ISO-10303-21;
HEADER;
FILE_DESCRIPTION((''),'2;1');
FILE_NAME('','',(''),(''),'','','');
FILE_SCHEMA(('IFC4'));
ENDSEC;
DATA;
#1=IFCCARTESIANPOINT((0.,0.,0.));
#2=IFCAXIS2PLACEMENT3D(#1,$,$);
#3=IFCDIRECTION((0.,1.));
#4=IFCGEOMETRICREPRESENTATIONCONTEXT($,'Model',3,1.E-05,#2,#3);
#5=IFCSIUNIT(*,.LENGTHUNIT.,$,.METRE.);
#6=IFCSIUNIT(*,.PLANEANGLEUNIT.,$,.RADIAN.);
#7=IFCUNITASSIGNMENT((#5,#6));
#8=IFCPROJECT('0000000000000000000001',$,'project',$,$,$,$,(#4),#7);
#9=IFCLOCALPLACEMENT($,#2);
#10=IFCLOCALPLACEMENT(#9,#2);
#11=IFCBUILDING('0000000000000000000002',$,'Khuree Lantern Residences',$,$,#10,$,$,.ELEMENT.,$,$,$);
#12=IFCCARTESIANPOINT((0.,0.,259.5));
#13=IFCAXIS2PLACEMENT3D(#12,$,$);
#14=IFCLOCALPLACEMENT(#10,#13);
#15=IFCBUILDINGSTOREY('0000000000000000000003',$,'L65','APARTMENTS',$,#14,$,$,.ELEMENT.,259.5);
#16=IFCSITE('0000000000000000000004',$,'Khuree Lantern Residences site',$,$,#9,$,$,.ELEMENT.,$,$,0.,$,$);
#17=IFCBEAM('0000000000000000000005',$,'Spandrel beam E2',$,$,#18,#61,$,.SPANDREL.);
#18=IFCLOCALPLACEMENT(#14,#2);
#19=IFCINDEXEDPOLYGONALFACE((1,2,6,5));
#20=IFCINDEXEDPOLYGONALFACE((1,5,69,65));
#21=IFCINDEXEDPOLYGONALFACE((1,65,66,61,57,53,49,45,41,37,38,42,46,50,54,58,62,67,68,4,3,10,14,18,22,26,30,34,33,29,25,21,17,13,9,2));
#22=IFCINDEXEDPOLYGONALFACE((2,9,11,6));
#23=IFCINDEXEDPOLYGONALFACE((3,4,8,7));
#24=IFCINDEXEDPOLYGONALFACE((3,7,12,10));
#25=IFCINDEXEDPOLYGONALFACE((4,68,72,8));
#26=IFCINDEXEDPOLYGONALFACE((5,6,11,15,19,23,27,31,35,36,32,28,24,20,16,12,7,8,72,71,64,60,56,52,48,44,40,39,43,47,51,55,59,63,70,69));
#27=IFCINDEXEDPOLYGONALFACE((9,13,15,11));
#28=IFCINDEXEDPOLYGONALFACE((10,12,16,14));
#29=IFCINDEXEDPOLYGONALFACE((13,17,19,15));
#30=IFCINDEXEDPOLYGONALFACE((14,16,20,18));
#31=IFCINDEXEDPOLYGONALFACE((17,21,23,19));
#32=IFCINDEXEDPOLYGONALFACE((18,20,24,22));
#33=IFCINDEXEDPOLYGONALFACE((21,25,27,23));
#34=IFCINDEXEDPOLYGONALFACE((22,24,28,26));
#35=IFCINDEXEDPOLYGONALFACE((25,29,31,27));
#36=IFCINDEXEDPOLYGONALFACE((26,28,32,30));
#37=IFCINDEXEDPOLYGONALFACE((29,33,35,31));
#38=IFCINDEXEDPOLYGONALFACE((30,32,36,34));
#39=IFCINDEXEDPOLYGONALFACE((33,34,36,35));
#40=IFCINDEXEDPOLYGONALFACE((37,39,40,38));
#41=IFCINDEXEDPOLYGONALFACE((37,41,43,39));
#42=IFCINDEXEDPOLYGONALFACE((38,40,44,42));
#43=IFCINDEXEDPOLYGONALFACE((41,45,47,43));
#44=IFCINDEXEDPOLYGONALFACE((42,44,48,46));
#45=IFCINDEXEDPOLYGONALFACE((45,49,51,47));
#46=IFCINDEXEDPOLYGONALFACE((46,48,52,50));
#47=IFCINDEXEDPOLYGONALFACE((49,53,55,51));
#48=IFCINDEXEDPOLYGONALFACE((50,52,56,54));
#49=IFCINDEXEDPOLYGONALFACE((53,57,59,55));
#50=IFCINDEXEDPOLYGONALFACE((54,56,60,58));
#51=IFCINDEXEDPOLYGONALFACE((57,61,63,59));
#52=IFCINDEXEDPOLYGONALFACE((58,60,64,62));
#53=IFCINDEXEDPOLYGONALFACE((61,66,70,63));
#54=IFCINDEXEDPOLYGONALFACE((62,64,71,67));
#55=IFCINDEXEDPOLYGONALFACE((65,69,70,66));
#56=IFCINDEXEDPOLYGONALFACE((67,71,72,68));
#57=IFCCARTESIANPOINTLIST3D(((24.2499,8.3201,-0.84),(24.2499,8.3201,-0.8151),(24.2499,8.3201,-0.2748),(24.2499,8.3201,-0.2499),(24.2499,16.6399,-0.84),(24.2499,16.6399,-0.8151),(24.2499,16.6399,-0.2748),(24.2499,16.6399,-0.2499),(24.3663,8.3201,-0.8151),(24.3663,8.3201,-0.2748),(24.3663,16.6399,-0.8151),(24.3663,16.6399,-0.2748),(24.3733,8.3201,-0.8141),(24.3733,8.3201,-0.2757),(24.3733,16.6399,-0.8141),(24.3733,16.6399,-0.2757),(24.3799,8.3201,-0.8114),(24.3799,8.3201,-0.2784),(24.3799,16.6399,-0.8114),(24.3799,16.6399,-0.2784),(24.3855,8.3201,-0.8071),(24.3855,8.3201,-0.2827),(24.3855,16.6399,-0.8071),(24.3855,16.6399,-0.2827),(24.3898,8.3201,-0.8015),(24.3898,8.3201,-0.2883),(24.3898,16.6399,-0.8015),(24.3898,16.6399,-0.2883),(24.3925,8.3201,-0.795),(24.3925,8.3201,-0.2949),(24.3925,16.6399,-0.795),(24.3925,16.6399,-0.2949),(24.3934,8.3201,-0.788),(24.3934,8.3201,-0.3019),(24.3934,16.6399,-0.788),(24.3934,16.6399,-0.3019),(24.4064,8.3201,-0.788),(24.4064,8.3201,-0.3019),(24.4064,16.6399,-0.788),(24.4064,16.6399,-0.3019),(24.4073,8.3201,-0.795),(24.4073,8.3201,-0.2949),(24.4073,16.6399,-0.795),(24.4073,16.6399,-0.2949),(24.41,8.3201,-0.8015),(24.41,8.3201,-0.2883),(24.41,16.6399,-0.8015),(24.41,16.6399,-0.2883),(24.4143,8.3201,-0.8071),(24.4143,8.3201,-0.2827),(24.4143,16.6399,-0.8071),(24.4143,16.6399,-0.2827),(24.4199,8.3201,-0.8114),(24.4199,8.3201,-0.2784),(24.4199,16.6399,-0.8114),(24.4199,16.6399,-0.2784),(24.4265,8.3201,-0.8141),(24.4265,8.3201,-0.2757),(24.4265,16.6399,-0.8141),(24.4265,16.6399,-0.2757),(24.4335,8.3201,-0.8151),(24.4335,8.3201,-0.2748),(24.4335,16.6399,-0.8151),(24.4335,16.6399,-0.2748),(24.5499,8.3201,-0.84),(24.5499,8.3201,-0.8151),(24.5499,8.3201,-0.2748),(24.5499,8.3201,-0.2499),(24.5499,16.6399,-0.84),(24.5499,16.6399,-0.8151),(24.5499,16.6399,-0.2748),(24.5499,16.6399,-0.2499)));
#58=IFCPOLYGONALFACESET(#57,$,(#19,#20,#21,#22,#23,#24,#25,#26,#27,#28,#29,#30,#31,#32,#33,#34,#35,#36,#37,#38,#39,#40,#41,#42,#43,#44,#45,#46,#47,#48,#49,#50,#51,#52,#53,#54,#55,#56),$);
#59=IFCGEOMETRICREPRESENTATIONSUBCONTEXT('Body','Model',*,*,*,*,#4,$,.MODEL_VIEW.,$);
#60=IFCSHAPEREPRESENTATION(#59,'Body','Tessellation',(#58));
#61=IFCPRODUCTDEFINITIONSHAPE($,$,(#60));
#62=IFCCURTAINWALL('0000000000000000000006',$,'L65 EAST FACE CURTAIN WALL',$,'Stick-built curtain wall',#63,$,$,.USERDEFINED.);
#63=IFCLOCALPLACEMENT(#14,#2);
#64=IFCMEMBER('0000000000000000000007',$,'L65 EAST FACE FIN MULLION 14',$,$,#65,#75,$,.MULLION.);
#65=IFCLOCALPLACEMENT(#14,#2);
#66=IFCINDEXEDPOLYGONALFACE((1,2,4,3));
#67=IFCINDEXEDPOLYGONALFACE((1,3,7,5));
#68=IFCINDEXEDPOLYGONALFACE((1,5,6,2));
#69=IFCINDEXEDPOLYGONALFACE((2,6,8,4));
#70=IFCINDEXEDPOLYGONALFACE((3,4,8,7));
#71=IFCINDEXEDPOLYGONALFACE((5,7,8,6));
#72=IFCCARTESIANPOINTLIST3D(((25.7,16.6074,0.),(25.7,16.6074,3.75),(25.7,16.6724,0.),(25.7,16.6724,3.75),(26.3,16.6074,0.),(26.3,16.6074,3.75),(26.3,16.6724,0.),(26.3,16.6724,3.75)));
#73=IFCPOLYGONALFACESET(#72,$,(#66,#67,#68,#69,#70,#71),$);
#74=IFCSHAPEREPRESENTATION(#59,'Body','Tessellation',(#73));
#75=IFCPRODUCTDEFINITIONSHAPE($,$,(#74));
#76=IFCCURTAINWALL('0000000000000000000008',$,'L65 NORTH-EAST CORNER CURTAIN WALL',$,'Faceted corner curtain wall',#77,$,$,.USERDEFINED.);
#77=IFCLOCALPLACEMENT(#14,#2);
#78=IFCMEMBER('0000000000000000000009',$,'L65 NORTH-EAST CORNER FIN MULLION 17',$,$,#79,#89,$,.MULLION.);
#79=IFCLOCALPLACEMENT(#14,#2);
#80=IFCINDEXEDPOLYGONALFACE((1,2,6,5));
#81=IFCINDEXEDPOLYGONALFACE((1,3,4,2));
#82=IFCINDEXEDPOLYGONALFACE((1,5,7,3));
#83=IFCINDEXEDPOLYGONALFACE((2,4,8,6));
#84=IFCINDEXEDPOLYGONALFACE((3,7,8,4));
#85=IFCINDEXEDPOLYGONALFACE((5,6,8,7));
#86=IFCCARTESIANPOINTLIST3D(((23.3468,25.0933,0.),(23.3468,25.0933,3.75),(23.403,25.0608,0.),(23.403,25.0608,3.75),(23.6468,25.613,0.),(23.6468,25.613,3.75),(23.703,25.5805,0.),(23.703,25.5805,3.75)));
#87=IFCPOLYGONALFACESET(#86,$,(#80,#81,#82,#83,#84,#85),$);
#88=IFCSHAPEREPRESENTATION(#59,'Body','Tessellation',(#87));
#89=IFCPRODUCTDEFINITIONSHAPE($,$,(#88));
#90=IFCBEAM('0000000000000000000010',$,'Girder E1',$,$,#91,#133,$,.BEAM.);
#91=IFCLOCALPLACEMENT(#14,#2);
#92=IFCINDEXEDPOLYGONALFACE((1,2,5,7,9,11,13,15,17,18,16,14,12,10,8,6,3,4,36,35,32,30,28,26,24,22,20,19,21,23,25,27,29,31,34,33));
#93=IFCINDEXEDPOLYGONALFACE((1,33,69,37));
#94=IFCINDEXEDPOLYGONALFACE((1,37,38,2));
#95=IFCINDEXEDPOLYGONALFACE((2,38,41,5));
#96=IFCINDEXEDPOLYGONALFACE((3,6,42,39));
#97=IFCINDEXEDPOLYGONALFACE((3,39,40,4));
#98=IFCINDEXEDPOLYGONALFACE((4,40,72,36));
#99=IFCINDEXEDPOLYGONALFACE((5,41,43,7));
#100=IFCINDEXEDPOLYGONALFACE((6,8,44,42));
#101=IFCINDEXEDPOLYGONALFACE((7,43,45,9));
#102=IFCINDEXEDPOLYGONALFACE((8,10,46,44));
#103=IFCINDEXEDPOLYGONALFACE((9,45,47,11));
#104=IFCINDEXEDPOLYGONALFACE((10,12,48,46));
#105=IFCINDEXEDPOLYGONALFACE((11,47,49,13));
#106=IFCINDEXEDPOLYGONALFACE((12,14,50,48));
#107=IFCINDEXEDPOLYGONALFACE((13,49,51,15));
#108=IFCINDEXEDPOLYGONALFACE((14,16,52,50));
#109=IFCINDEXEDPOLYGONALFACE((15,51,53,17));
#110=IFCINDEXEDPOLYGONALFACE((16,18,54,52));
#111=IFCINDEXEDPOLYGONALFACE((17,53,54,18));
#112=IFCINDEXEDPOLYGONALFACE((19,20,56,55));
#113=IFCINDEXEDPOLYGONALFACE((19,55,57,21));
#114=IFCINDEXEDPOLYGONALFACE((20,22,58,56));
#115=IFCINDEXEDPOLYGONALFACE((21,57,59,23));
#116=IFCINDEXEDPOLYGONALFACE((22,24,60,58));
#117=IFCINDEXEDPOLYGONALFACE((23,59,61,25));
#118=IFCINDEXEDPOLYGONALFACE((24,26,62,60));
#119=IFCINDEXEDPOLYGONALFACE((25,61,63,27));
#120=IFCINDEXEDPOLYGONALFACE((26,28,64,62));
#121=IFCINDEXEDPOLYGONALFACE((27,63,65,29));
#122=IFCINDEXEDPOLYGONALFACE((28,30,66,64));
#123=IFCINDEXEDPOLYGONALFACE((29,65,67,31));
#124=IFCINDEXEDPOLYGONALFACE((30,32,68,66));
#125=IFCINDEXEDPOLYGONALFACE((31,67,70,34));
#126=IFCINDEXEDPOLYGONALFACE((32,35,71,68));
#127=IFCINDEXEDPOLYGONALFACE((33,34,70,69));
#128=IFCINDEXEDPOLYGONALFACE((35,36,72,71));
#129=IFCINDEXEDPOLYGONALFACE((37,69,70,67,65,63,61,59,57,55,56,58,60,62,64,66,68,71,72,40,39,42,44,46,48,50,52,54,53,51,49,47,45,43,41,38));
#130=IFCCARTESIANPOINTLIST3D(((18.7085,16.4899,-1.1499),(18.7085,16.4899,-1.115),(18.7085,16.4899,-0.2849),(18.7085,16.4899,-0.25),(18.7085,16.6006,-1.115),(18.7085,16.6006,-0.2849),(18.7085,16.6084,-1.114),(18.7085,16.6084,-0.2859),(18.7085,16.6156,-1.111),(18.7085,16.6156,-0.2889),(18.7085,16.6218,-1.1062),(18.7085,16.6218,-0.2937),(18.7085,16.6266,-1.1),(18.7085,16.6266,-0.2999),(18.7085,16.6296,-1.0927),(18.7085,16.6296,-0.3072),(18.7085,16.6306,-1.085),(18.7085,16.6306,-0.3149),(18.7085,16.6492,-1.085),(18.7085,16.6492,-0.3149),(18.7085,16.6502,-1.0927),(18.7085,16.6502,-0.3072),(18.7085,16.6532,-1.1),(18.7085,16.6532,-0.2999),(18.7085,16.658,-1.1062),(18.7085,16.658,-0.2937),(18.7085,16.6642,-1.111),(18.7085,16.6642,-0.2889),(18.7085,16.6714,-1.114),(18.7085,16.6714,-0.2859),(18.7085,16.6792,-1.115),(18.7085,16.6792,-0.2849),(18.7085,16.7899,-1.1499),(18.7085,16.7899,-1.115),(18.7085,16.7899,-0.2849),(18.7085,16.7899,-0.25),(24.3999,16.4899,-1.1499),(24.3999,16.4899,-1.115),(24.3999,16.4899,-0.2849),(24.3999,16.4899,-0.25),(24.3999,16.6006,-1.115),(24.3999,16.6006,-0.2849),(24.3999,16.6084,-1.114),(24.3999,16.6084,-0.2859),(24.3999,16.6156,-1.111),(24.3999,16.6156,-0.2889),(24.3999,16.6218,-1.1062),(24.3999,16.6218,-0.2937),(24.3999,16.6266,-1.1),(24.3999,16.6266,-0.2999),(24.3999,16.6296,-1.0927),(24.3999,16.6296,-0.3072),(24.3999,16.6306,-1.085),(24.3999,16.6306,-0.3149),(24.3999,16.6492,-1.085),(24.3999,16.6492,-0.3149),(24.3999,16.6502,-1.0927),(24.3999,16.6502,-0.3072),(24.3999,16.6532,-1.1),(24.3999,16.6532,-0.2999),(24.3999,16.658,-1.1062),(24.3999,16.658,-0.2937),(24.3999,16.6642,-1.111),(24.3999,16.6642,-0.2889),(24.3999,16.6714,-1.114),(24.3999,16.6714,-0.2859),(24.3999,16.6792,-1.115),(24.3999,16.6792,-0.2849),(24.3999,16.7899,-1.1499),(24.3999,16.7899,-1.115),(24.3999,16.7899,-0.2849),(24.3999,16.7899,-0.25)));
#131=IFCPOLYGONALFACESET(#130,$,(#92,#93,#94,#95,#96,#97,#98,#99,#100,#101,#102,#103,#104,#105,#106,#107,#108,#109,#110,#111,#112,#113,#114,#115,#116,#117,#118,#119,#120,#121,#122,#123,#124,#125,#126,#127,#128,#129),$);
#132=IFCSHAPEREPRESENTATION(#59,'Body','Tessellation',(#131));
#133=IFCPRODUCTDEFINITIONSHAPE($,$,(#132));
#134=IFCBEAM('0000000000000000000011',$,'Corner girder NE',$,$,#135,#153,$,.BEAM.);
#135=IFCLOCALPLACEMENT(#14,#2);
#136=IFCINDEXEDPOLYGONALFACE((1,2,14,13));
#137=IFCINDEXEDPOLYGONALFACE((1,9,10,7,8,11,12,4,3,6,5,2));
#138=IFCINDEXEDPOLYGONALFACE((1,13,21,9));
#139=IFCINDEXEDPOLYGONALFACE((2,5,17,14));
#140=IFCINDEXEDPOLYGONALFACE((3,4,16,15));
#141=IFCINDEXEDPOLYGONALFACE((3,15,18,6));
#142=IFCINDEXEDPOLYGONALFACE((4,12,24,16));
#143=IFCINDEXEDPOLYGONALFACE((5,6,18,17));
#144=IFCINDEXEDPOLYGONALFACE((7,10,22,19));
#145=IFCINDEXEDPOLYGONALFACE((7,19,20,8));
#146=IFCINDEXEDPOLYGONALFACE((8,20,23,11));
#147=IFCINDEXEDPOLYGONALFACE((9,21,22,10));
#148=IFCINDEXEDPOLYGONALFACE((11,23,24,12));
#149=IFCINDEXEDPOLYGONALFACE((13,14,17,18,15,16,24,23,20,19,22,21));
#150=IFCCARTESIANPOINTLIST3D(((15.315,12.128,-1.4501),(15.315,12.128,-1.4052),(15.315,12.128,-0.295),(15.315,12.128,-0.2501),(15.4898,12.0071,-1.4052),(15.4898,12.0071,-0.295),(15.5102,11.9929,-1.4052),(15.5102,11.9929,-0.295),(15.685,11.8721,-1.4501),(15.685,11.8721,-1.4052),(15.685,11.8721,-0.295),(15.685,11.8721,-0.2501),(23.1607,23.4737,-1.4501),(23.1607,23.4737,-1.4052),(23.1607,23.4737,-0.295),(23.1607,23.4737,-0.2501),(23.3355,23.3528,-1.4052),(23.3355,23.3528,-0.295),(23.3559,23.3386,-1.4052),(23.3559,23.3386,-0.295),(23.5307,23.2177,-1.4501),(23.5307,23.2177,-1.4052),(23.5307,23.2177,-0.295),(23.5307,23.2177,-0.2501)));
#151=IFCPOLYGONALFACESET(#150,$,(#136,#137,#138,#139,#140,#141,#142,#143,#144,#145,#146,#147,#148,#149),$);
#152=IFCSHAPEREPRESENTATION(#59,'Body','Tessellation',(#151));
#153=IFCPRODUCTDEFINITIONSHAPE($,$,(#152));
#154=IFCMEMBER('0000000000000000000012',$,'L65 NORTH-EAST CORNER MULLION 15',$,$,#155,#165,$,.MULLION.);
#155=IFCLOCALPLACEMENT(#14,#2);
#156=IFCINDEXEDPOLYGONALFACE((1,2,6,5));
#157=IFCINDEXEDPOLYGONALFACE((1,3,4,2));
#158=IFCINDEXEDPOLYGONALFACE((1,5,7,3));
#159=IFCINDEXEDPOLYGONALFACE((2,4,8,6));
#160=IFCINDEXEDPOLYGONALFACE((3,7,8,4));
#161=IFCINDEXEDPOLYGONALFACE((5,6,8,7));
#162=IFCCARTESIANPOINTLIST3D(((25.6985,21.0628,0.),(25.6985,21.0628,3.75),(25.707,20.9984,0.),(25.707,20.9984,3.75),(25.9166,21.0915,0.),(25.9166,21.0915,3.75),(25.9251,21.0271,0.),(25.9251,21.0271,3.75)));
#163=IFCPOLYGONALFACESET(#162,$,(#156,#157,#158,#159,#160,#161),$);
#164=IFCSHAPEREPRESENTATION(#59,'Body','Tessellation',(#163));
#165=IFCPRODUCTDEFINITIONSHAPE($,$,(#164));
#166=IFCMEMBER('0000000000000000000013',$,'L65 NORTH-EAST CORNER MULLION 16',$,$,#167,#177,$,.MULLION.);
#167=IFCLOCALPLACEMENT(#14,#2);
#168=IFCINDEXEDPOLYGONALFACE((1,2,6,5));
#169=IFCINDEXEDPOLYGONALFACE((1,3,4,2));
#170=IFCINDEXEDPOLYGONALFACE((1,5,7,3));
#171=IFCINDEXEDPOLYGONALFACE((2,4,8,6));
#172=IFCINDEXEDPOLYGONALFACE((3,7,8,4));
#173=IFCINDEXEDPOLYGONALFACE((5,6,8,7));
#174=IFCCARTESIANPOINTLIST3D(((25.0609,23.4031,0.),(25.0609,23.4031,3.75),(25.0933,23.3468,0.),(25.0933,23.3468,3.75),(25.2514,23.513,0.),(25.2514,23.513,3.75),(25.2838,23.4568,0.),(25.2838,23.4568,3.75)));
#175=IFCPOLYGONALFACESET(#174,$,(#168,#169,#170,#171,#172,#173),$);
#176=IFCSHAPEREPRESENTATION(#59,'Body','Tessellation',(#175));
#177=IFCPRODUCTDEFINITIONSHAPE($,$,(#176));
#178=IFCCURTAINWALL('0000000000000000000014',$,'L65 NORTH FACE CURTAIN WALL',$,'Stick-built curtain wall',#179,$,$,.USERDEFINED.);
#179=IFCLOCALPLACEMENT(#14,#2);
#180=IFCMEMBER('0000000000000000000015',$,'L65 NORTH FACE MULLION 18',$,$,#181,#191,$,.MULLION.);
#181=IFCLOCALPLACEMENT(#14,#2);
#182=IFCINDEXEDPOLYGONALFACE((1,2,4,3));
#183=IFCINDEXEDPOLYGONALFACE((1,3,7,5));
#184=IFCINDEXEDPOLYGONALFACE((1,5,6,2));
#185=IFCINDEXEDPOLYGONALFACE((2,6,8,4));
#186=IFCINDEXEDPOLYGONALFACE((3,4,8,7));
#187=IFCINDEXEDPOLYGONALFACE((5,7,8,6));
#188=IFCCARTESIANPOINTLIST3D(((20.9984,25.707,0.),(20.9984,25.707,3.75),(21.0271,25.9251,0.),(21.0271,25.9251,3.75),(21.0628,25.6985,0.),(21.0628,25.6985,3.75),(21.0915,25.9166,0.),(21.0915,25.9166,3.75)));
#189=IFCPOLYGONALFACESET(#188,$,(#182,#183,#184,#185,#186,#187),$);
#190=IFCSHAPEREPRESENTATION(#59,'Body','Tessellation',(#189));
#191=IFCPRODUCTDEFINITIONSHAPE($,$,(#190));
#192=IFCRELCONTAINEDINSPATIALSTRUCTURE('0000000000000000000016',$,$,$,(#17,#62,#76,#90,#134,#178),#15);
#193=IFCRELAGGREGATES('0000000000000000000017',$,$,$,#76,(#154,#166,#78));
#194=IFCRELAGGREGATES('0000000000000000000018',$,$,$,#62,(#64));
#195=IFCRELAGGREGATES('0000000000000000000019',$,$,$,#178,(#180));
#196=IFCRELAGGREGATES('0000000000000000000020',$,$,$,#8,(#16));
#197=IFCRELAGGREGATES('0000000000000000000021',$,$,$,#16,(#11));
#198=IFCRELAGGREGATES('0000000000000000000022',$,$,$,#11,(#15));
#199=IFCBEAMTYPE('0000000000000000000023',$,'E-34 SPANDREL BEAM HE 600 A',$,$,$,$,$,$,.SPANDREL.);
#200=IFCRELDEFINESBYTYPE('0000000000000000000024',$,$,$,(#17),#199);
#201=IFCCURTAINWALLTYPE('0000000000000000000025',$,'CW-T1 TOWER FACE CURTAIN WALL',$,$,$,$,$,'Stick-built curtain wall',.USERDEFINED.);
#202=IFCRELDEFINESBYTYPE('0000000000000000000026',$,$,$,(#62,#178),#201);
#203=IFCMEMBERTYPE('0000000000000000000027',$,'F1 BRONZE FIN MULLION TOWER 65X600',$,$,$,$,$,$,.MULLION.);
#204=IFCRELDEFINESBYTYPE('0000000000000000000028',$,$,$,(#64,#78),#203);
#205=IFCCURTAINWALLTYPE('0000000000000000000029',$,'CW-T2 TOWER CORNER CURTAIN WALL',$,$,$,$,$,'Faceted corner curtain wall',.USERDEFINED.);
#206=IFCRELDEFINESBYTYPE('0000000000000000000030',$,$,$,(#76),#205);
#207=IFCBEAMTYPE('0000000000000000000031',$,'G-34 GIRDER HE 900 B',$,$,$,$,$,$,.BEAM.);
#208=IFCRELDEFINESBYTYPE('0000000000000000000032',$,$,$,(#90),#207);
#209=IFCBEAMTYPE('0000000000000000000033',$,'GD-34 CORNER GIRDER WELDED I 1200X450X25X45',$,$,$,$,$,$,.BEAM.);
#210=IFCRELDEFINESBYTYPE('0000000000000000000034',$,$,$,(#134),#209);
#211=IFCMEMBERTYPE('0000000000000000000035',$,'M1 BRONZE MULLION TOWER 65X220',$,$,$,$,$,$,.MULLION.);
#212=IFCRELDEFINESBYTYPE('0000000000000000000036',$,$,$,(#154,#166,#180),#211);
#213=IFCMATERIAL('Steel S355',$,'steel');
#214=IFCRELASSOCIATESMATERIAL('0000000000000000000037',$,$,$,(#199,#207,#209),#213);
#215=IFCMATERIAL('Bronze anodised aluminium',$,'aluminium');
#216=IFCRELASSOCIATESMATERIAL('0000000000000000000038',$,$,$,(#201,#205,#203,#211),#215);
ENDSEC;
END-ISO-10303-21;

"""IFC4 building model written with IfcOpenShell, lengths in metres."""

from ifc_helpers import new_model, si_unit, direction, frame, origin, origin_2d, place, context, subcontext, project, spatial, rectangle, i_section, extrude, material, material_profile, profile_set, type_object, element, aggregate, save


model = new_model("IFC4")

# Units and contexts
model_context = context("Model", 3, precision=1e-05, world=origin(), true_north=direction((0.0, 1.0)))
body_context = subcontext(model_context, "Body", "Model", "MODEL_VIEW")
ifc_project = project(units=[si_unit("LENGTHUNIT", "METRE"), si_unit("PLANEANGLEUNIT", "RADIAN")], contexts=[model_context])

# Site, building, storey
site_placement = place(None, origin())
site = spatial("IfcSite", under=ifc_project, at=site_placement, Name="Khuree Lantern Residences site", CompositionType="ELEMENT", RefElevation=0.0)
building_placement = place(site_placement, origin())
building = spatial("IfcBuilding", under=site, at=building_placement, Name="Khuree Lantern Residences", CompositionType="ELEMENT")
storey_placement = place(building_placement, frame((0.0, 0.0, 259.5)))
storey = spatial("IfcBuildingStorey", under=building, at=storey_placement, Name="L65", Description="APARTMENTS", CompositionType="ELEMENT", Elevation=259.5)

# Beam
ifc_material_1 = material(Name="Steel S355", Category="steel")
ifc_material_profile_1 = material_profile(ifc_material_1, i_section(OverallWidth=0.3, OverallDepth=0.5901, WebThickness=0.0129, FlangeThickness=0.0249, FilletRadius=0.0271, at=origin_2d()), Name="HE 600 A")
ifc_profile_set_1 = profile_set([ifc_material_profile_1], Name="Steel S355")
beam_type_1 = type_object("IfcBeamType", Name="E-34 SPANDREL BEAM HE 600 A", PredefinedType="SPANDREL", material=ifc_profile_set_1)
beam_1_placement = place(storey_placement, frame((24.3999, 16.6399, -0.5449), z_axis=(0.0, -1.0, 0.0), x_axis=(1.0, 0.0, 0.0)))
element("IfcBeam", 1, at=beam_1_placement, inside=storey, type_object=beam_type_1, Name="Spandrel beam E2", PredefinedType="SPANDREL", context=body_context, shape_type="SweptSolid", body=[
    extrude(i_section(OverallWidth=0.3, OverallDepth=0.5901, WebThickness=0.0129, FlangeThickness=0.0249, FilletRadius=0.0271, at=origin_2d()), origin(), (0.0, 0.0, 1.0), 8.3198),
])

# Curtain walls, members
ifc_material_2 = material(Name="Bronze anodised aluminium", Category="aluminium")
curtain_wall_type_1 = type_object("IfcCurtainWallType", Name="CW-T1 TOWER FACE CURTAIN WALL", ElementType="Stick-built curtain wall", PredefinedType="USERDEFINED", material=ifc_material_2)
curtain_wall_1_placement = place(storey_placement, origin())
curtain_wall_1 = element("IfcCurtainWall", 2, at=curtain_wall_1_placement, inside=storey, type_object=curtain_wall_type_1, Name="L65 EAST FACE CURTAIN WALL", ObjectType="Stick-built curtain wall", PredefinedType="USERDEFINED")
ifc_material_profile_2 = material_profile(ifc_material_2, rectangle(XDim=0.0649, YDim=0.6001, at=origin_2d()), Name="F1 65X600")
ifc_profile_set_2 = profile_set([ifc_material_profile_2], Name="Bronze anodised aluminium")
member_type_1 = type_object("IfcMemberType", Name="F1 BRONZE FIN MULLION TOWER 65X600", PredefinedType="MULLION", material=ifc_profile_set_2)
member_1_placement = place(storey_placement, frame((26.0, 16.6399, 0.0), z_axis=(0.0, 0.0, 1.0), x_axis=(0.0, 1.0, 0.0)))
member_1 = element("IfcMember", 3, at=member_1_placement, type_object=member_type_1, Name="L65 EAST FACE FIN MULLION 14", PredefinedType="MULLION", context=body_context, shape_type="SweptSolid", body=[
    extrude(rectangle(XDim=0.0649, YDim=0.6001, at=origin_2d()), origin(), (0.0, 0.0, 1.0), 3.75),
])
curtain_wall_type_2 = type_object("IfcCurtainWallType", Name="CW-T2 TOWER CORNER CURTAIN WALL", ElementType="Faceted corner curtain wall", PredefinedType="USERDEFINED", material=ifc_material_2)
curtain_wall_2_placement = place(storey_placement, origin())
curtain_wall_2 = element("IfcCurtainWall", 4, at=curtain_wall_2_placement, inside=storey, type_object=curtain_wall_type_2, Name="L65 NORTH-EAST CORNER CURTAIN WALL", ObjectType="Faceted corner curtain wall", PredefinedType="USERDEFINED")
member_2_placement = place(storey_placement, frame((23.5249, 25.3369, 0.0), z_axis=(0.0, 0.0, 1.0), x_axis=(-0.866025, 0.5, 0.0)))
member_2 = element("IfcMember", 5, at=member_2_placement, type_object=member_type_1, Name="L65 NORTH-EAST CORNER FIN MULLION 17", PredefinedType="MULLION", context=body_context, shape_type="SweptSolid", body=[
    extrude(rectangle(XDim=0.0649, YDim=0.6001, at=origin_2d()), origin(), (0.0, 0.0, 1.0), 3.75),
])

# Beams
ifc_material_profile_3 = material_profile(ifc_material_1, i_section(OverallWidth=0.3, OverallDepth=0.8999, WebThickness=0.0186, FlangeThickness=0.0349, FilletRadius=0.03, at=origin_2d()), Name="HE 900 B")
ifc_profile_set_3 = profile_set([ifc_material_profile_3], Name="Steel S355")
beam_type_2 = type_object("IfcBeamType", Name="G-34 GIRDER HE 900 B", PredefinedType="BEAM", material=ifc_profile_set_3)
beam_2_placement = place(storey_placement, frame((24.3999, 16.6399, -0.7), z_axis=(-1.0, 0.0, 0.0), x_axis=(0.0, -1.0, 0.0)))
element("IfcBeam", 6, at=beam_2_placement, inside=storey, type_object=beam_type_2, Name="Girder E1", PredefinedType="BEAM", context=body_context, shape_type="SweptSolid", body=[
    extrude(i_section(OverallWidth=0.3, OverallDepth=0.8999, WebThickness=0.0186, FlangeThickness=0.0349, FilletRadius=0.03, at=origin_2d()), origin(), (0.0, 0.0, 1.0), 5.6914),
])
ifc_material_profile_4 = material_profile(ifc_material_1, i_section(OverallWidth=0.45, OverallDepth=1.2, WebThickness=0.0249, FlangeThickness=0.0449, at=origin_2d()), Name="WELDED I 1200X450X25X45")
ifc_profile_set_4 = profile_set([ifc_material_profile_4], Name="Steel S355")
beam_type_3 = type_object("IfcBeamType", Name="GD-34 CORNER GIRDER WELDED I 1200X450X25X45", PredefinedType="BEAM", material=ifc_profile_set_4)
beam_3_placement = place(storey_placement, frame((23.3457, 23.3457, -0.8501), z_axis=(-0.568768, -0.822498, 0.0), x_axis=(0.822498, -0.568768, 0.0)))
element("IfcBeam", 7, at=beam_3_placement, inside=storey, type_object=beam_type_3, Name="Corner girder NE", PredefinedType="BEAM", context=body_context, shape_type="SweptSolid", body=[
    extrude(i_section(OverallWidth=0.45, OverallDepth=1.2, WebThickness=0.0249, FlangeThickness=0.0449, at=origin_2d()), origin(), (0.0, 0.0, 1.0), 13.7942),
])

# Members
ifc_material_profile_5 = material_profile(ifc_material_2, rectangle(XDim=0.0649, YDim=0.22, at=origin_2d()), Name="M1 65X220")
ifc_profile_set_5 = profile_set([ifc_material_profile_5], Name="Bronze anodised aluminium")
member_type_2 = type_object("IfcMemberType", Name="M1 BRONZE MULLION TOWER 65X220", PredefinedType="MULLION", material=ifc_profile_set_5)
member_3_placement = place(storey_placement, frame((25.8118, 21.0449, 0.0), z_axis=(0.0, 0.0, 1.0), x_axis=(-0.130526, 0.991445, 0.0)))
member_3 = element("IfcMember", 8, at=member_3_placement, type_object=member_type_2, Name="L65 NORTH-EAST CORNER MULLION 15", PredefinedType="MULLION", context=body_context, shape_type="SweptSolid", body=[
    extrude(rectangle(XDim=0.0649, YDim=0.22, at=origin_2d()), origin(), (0.0, 0.0, 1.0), 3.75),
])
member_4_placement = place(storey_placement, frame((25.1724, 23.4299, 0.0), z_axis=(0.0, 0.0, 1.0), x_axis=(-0.5, 0.866025, 0.0)))
member_4 = element("IfcMember", 9, at=member_4_placement, type_object=member_type_2, Name="L65 NORTH-EAST CORNER MULLION 16", PredefinedType="MULLION", context=body_context, shape_type="SweptSolid", body=[
    extrude(rectangle(XDim=0.0649, YDim=0.22, at=origin_2d()), origin(), (0.0, 0.0, 1.0), 3.75),
])

# Curtain wall, member
curtain_wall_3_placement = place(storey_placement, origin())
curtain_wall_3 = element("IfcCurtainWall", 10, at=curtain_wall_3_placement, inside=storey, type_object=curtain_wall_type_1, Name="L65 NORTH FACE CURTAIN WALL", ObjectType="Stick-built curtain wall", PredefinedType="USERDEFINED")
member_5_placement = place(storey_placement, frame((21.0449, 25.8118, 0.0), z_axis=(0.0, 0.0, 1.0), x_axis=(-0.991445, 0.130526, 0.0)))
member_5 = element("IfcMember", 11, at=member_5_placement, type_object=member_type_2, Name="L65 NORTH FACE MULLION 18", PredefinedType="MULLION", context=body_context, shape_type="SweptSolid", body=[
    extrude(rectangle(XDim=0.0649, YDim=0.22, at=origin_2d()), origin(), (0.0, 0.0, 1.0), 3.75),
])

aggregate(curtain_wall_2, [member_3, member_4, member_2])
aggregate(curtain_wall_1, [member_1])
aggregate(curtain_wall_3, [member_5])

save(model, "model.ifc")
